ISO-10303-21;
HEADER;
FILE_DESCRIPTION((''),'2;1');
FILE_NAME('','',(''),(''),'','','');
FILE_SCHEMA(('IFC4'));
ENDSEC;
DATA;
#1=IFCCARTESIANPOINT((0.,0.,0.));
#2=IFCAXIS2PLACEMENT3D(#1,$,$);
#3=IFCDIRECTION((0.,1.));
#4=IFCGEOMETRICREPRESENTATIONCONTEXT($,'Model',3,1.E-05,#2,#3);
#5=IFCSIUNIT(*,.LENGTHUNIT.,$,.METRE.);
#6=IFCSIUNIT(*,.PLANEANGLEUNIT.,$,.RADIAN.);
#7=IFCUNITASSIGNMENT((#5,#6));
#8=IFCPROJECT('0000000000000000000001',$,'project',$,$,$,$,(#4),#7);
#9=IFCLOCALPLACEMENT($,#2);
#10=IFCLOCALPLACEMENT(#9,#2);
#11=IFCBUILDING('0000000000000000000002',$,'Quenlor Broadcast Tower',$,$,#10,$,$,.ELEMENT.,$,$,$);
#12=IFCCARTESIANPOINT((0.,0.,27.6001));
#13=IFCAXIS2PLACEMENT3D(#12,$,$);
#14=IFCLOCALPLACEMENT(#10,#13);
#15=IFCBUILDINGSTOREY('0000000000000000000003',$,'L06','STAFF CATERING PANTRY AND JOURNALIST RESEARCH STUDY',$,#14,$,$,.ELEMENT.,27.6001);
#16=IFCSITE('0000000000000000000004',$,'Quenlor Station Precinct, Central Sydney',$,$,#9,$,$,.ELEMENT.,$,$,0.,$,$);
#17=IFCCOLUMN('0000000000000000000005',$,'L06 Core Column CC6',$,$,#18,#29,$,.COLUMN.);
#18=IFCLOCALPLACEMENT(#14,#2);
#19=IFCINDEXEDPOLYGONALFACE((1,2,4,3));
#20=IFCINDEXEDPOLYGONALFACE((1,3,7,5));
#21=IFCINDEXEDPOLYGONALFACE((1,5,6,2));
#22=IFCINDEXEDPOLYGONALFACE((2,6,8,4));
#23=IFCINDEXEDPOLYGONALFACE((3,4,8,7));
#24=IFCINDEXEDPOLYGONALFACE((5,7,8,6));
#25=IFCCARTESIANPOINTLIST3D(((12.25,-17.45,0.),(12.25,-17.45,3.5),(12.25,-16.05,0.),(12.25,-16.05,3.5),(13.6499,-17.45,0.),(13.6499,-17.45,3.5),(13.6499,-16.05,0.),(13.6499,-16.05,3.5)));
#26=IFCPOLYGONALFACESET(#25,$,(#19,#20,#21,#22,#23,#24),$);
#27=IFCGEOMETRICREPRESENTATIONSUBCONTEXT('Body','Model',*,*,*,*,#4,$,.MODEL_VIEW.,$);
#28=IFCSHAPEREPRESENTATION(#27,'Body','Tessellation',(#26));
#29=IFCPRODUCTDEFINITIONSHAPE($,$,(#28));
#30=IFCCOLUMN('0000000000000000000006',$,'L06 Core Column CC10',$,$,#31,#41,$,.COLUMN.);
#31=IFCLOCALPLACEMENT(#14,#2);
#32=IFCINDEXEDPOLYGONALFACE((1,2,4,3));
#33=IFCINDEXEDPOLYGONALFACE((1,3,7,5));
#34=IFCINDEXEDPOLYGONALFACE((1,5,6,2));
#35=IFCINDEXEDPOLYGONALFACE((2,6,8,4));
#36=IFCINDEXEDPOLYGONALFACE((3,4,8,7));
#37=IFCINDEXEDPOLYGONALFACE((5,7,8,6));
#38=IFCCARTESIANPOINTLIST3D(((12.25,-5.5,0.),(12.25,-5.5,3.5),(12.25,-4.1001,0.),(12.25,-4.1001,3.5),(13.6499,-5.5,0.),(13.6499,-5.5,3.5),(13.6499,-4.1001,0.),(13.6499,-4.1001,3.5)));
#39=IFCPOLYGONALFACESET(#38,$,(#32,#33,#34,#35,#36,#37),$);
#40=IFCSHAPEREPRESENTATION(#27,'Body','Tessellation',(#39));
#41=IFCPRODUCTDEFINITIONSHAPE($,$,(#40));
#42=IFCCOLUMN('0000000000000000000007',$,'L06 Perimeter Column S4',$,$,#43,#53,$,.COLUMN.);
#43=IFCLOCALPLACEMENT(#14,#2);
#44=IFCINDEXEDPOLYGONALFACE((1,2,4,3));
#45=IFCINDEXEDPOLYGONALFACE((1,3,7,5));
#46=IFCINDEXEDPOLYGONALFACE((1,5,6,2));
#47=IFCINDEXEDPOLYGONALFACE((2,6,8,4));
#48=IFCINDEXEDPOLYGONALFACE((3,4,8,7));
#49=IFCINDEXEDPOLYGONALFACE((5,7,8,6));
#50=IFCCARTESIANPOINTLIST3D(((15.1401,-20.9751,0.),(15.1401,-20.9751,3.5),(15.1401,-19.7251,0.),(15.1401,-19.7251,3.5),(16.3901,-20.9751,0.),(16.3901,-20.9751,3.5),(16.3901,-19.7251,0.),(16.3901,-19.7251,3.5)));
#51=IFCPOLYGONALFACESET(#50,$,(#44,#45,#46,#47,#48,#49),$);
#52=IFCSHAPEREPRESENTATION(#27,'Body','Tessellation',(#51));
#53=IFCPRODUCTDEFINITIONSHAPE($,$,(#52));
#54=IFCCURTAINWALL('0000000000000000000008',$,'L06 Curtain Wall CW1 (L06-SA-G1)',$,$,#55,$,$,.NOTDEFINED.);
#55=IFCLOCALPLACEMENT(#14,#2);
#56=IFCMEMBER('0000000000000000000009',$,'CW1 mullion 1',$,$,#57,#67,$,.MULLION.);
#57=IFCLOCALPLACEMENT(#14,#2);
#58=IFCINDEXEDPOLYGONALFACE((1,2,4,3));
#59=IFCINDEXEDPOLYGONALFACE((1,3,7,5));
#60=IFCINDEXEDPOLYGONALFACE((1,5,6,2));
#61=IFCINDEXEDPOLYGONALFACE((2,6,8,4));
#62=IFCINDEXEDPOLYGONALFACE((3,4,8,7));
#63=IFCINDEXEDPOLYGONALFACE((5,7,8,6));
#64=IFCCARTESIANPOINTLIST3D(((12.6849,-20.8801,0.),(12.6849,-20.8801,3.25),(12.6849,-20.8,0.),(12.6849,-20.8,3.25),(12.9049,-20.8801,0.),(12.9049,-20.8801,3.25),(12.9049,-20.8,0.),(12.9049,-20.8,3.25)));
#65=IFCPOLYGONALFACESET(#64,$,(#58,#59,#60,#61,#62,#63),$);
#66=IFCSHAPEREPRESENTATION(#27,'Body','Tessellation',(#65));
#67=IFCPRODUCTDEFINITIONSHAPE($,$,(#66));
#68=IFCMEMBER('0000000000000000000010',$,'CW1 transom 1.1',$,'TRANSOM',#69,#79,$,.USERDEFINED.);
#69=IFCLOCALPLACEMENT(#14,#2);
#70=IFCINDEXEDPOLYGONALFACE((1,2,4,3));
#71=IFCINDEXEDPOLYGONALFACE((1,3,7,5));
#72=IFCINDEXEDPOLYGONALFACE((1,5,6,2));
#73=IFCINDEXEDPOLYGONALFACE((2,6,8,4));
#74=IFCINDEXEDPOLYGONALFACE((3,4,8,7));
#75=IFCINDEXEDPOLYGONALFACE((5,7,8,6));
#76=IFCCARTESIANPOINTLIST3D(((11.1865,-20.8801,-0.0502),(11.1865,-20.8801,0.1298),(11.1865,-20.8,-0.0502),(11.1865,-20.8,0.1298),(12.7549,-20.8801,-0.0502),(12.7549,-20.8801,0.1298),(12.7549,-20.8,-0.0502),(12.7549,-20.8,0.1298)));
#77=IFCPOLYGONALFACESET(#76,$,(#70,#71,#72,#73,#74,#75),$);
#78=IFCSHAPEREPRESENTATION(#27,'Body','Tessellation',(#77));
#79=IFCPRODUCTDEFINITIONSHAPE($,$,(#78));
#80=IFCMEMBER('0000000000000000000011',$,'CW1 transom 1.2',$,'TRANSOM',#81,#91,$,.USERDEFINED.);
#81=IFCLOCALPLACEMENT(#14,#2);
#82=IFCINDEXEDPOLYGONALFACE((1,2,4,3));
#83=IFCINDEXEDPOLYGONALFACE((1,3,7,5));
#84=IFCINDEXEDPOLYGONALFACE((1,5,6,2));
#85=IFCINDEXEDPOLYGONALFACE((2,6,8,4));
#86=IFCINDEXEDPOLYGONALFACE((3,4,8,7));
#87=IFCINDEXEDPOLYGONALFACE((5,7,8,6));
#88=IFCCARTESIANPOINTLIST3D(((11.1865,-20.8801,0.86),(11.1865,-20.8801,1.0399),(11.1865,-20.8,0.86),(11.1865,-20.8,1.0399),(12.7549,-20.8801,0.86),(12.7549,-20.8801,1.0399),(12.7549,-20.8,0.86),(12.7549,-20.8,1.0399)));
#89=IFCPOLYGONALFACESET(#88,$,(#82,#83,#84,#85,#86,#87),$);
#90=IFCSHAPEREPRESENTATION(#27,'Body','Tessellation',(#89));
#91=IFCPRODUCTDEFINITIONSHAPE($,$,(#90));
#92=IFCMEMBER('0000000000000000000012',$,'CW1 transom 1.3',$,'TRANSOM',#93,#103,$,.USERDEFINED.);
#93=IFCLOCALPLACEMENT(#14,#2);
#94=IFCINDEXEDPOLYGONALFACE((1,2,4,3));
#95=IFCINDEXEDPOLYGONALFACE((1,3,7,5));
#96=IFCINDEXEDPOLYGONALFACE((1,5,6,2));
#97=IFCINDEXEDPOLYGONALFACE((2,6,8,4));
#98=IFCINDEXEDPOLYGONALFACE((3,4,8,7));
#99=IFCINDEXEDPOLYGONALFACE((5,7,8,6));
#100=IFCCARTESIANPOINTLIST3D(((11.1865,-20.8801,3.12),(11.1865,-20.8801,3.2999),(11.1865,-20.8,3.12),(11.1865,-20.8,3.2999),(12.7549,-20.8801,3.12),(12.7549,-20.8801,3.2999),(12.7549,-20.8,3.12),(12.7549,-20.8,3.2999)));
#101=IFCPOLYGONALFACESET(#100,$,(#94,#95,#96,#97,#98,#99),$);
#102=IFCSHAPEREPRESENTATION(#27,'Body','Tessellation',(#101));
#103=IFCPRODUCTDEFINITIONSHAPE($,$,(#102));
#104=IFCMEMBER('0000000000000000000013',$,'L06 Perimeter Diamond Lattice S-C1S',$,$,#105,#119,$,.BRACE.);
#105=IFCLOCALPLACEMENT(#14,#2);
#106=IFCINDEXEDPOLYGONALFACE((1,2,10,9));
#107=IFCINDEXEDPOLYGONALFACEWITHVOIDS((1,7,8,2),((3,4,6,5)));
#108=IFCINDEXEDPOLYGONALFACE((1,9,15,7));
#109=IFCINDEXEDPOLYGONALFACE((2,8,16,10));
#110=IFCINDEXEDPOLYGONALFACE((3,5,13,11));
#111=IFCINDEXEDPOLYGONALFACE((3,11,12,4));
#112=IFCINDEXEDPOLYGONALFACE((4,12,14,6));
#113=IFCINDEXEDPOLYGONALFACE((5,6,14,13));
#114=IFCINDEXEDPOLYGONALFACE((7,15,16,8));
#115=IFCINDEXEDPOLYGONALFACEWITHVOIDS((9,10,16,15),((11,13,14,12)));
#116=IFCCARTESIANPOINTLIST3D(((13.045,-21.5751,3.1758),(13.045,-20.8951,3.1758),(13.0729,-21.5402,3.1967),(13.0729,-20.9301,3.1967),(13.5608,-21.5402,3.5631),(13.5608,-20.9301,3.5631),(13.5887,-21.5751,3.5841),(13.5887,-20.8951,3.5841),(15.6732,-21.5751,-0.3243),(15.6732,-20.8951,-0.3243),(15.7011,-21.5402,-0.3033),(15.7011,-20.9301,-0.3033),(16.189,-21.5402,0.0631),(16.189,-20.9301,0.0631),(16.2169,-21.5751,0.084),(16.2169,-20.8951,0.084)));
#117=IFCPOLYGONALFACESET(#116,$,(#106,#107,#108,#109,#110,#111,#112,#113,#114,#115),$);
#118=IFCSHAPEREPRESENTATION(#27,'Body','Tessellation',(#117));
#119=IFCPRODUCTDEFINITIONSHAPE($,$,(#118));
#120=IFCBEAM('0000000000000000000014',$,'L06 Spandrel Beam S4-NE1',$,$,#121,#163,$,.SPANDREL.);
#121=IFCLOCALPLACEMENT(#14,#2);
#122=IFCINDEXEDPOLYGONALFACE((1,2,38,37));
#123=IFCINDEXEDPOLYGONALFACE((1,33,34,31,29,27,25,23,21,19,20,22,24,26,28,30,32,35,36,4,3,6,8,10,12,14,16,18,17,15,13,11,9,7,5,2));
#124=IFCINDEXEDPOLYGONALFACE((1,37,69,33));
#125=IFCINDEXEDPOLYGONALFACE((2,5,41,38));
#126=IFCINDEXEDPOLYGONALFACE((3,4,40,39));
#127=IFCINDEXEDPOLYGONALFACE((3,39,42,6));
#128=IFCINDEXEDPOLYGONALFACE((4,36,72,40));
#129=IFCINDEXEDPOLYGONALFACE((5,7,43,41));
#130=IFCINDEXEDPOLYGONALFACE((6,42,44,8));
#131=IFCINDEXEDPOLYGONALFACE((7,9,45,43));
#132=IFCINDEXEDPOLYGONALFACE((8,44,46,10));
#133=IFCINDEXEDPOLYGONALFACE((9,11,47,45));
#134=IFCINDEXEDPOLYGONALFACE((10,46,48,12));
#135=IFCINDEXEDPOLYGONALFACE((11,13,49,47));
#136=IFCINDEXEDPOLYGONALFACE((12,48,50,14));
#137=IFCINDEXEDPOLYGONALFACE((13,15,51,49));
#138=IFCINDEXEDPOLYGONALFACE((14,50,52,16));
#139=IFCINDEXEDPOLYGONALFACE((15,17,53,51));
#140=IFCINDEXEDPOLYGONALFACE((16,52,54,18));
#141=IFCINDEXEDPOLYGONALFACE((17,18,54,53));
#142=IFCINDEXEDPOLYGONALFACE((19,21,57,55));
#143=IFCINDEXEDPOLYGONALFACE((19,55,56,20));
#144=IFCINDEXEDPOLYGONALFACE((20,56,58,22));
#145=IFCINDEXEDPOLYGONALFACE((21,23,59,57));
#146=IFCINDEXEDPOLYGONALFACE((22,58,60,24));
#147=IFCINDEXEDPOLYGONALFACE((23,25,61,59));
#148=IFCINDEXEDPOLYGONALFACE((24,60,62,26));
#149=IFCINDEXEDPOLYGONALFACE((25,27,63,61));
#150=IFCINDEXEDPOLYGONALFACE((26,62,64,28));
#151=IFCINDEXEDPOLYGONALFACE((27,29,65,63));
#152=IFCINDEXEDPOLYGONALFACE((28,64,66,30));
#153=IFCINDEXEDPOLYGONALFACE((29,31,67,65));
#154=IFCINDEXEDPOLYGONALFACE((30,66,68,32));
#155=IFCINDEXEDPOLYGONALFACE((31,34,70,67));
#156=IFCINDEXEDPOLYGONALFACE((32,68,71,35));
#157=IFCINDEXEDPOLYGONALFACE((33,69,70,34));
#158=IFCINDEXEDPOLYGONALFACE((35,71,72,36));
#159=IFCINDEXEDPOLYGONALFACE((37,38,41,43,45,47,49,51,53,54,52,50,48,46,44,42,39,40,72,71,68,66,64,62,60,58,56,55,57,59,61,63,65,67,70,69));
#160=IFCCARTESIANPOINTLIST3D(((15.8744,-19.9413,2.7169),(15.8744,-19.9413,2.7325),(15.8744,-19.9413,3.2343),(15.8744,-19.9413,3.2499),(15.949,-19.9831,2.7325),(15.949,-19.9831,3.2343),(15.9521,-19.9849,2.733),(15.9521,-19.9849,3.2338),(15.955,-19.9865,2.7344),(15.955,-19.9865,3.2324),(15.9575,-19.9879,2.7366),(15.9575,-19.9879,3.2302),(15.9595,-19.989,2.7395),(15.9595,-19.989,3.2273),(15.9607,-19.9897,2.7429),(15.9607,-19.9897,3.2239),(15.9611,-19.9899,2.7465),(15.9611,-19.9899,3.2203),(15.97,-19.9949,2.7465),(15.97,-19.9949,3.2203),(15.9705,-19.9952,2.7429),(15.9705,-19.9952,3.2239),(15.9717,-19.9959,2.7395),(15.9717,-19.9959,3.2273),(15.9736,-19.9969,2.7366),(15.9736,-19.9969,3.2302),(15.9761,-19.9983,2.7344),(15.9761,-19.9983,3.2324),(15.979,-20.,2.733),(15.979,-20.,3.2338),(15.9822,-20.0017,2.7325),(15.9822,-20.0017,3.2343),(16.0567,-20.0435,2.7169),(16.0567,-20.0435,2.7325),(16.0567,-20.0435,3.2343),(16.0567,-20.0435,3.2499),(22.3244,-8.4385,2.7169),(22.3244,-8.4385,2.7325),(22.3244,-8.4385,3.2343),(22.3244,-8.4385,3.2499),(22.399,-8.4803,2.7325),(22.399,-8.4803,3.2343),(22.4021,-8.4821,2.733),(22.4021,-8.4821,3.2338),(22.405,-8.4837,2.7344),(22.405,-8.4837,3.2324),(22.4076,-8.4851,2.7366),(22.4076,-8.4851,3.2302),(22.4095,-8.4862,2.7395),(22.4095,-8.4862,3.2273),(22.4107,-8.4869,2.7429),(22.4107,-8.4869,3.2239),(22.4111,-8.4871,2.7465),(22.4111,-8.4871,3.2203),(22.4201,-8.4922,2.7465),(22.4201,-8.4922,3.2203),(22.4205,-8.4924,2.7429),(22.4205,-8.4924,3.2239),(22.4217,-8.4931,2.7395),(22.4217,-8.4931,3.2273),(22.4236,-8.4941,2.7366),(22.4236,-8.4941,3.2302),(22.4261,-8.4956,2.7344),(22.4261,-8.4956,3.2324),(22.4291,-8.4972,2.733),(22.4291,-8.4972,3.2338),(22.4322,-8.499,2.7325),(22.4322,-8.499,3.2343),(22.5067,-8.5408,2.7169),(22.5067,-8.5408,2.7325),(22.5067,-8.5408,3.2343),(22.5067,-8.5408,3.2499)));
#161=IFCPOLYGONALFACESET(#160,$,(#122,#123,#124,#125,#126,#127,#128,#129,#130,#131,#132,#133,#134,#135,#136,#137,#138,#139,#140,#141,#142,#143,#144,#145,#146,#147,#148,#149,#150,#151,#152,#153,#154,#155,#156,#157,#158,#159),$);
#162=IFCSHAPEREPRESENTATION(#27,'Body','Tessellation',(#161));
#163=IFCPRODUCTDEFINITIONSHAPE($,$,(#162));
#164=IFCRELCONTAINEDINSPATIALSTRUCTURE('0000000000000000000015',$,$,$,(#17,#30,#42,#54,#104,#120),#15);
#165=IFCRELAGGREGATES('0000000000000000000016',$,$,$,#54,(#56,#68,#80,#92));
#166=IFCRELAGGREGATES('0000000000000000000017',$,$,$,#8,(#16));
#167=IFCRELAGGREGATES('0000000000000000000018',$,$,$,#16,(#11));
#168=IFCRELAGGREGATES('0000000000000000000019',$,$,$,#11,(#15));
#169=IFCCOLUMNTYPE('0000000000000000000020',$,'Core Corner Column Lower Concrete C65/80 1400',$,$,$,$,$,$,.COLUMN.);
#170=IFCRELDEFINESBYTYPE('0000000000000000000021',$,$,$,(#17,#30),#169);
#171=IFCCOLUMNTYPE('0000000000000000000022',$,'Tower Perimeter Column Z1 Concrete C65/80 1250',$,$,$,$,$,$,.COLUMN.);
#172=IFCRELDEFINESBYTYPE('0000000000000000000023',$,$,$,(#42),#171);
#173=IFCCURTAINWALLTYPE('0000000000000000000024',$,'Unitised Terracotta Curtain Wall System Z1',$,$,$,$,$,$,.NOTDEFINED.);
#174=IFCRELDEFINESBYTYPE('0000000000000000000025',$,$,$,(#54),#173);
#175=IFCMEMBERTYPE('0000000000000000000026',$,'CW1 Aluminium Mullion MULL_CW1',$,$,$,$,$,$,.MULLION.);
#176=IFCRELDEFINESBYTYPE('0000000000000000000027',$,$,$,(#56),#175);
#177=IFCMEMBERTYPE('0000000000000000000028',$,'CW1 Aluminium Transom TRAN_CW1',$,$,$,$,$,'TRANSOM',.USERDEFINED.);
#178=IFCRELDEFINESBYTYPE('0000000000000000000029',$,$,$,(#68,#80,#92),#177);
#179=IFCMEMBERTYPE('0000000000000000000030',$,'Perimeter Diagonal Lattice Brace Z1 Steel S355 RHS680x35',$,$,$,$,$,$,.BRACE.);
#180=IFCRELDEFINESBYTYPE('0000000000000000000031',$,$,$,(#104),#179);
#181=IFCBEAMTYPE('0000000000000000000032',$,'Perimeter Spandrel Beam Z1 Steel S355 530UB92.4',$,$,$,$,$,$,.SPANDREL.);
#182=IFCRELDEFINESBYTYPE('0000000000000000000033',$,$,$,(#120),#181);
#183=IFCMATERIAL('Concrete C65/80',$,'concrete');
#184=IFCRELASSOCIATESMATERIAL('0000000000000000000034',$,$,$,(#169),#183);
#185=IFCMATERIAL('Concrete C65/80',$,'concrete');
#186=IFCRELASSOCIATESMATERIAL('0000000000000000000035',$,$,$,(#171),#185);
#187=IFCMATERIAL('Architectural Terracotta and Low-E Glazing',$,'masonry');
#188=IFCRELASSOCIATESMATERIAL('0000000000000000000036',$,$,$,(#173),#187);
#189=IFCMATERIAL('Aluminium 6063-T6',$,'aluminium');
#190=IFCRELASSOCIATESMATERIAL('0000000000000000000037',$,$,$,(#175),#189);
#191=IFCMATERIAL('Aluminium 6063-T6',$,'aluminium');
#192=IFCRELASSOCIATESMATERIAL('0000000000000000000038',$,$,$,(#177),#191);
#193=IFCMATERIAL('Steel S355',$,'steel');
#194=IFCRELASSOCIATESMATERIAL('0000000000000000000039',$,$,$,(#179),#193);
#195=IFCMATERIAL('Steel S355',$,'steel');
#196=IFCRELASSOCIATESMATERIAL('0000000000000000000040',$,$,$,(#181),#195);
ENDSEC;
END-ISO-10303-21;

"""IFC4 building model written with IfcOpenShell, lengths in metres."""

from ifc_helpers import new_model, si_unit, direction, frame, origin, origin_2d, place, context, subcontext, project, spatial, rectangle, hollow_rectangle, i_section, extrude, material, material_profile, profile_set, type_object, element, aggregate, save


model = new_model("IFC4")

# Units and contexts
model_context = context("Model", 3, precision=1e-05, world=origin(), true_north=direction((0.0, 1.0)))
body_context = subcontext(model_context, "Body", "Model", "MODEL_VIEW")
ifc_project = project(units=[si_unit("LENGTHUNIT", "METRE"), si_unit("PLANEANGLEUNIT", "RADIAN")], contexts=[model_context])

# Site, building, storey
site_placement = place(None, origin())
site = spatial("IfcSite", under=ifc_project, at=site_placement, Name="Quenlor Station Precinct, Central Sydney", CompositionType="ELEMENT", RefElevation=0.0)
building_placement = place(site_placement, origin())
building = spatial("IfcBuilding", under=site, at=building_placement, Name="Quenlor Broadcast Tower", CompositionType="ELEMENT")
storey_placement = place(building_placement, frame((0.0, 0.0, 27.6001)))
storey = spatial("IfcBuildingStorey", under=building, at=storey_placement, Name="L06", Description="STAFF CATERING PANTRY AND JOURNALIST RESEARCH STUDY", CompositionType="ELEMENT", Elevation=27.6001)

# Columns
ifc_material_1 = material(Name="Concrete C65/80", Category="concrete")
ifc_material_profile_1 = material_profile(ifc_material_1, rectangle(XDim=1.3999, YDim=1.3999, at=origin_2d()))
ifc_profile_set_1 = profile_set([ifc_material_profile_1], Name="Concrete C65/80 RC1400x1400")
column_type_1 = type_object("IfcColumnType", Name="Core Corner Column Lower Concrete C65/80 1400", PredefinedType="COLUMN", material=ifc_profile_set_1)
for number, where, z_axis, x_axis, name in (
    (1, (12.95, -16.75, 0.0), (0.0, 0.0, 1.0), (1.0, 0.0, 0.0), "L06 Core Column CC6"),
    (2, (12.95, -4.8, 0.0), (0.0, 0.0, 1.0), (1.0, 0.0, 0.0), "L06 Core Column CC10"),
):
    element("IfcColumn", number, at=place(storey_placement, frame(where, z_axis=z_axis, x_axis=x_axis)), inside=storey, type_object=column_type_1, Name=name, PredefinedType="COLUMN", context=body_context, shape_type="SweptSolid", body=[
        extrude(rectangle(XDim=1.3999, YDim=1.3999, at=origin_2d()), origin(), (0.0, 0.0, 1.0), 3.5),
    ])
ifc_material_2 = material(Name="Concrete C65/80", Category="concrete")
ifc_material_profile_2 = material_profile(ifc_material_2, rectangle(XDim=1.25, YDim=1.25, at=origin_2d()))
ifc_profile_set_2 = profile_set([ifc_material_profile_2], Name="Concrete C65/80 RC1250x1250")
column_type_2 = type_object("IfcColumnType", Name="Tower Perimeter Column Z1 Concrete C65/80 1250", PredefinedType="COLUMN", material=ifc_profile_set_2)
column_placement = place(storey_placement, frame((15.7651, -20.3501, 0.0), z_axis=(0.0, 0.0, 1.0), x_axis=(0.0, 1.0, 0.0)))
element("IfcColumn", 3, at=column_placement, inside=storey, type_object=column_type_2, Name="L06 Perimeter Column S4", PredefinedType="COLUMN", context=body_context, shape_type="SweptSolid", body=[
    extrude(rectangle(XDim=1.25, YDim=1.25, at=origin_2d()), origin(), (0.0, 0.0, 1.0), 3.5),
])

# Curtain wall, members
ifc_material_3 = material(Name="Architectural Terracotta and Low-E Glazing", Category="masonry")
curtain_wall_type = type_object("IfcCurtainWallType", Name="Unitised Terracotta Curtain Wall System Z1", PredefinedType="NOTDEFINED", material=ifc_material_3)
curtain_wall_placement = place(storey_placement, origin())
curtain_wall = element("IfcCurtainWall", 4, at=curtain_wall_placement, inside=storey, type_object=curtain_wall_type, Name="L06 Curtain Wall CW1 (L06-SA-G1)", PredefinedType="NOTDEFINED")
ifc_material_4 = material(Name="Aluminium 6063-T6", Category="aluminium")
ifc_material_profile_3 = material_profile(ifc_material_4, rectangle(XDim=0.0801, YDim=0.22, at=origin_2d()))
ifc_profile_set_3 = profile_set([ifc_material_profile_3], Name="Aluminium 6063-T6 MULL80x220")
member_type_1 = type_object("IfcMemberType", Name="CW1 Aluminium Mullion MULL_CW1", PredefinedType="MULLION", material=ifc_profile_set_3)
member_1_placement = place(storey_placement, frame((12.7949, -20.8401, 0.0), z_axis=(0.0, 0.0, 1.0), x_axis=(0.0, -1.0, 0.0)))
member_1 = element("IfcMember", 5, at=member_1_placement, type_object=member_type_1, Name="CW1 mullion 1", PredefinedType="MULLION", context=body_context, shape_type="SweptSolid", body=[
    extrude(rectangle(XDim=0.0801, YDim=0.22, at=origin_2d()), origin(), (0.0, 0.0, 1.0), 3.25),
])
ifc_material_5 = material(Name="Aluminium 6063-T6", Category="aluminium")
ifc_material_profile_4 = material_profile(ifc_material_5, rectangle(XDim=0.0801, YDim=0.1799, at=origin_2d()))
ifc_profile_set_4 = profile_set([ifc_material_profile_4], Name="Aluminium 6063-T6 TRAN80x180")
member_type_2 = type_object("IfcMemberType", Name="CW1 Aluminium Transom TRAN_CW1", ElementType="TRANSOM", PredefinedType="USERDEFINED", material=ifc_profile_set_4)
member_2_placement = place(storey_placement, frame((12.7549, -20.8401, 0.0398), z_axis=(-1.0, 0.0, 0.0), x_axis=(0.0, -1.0, 0.0)))
member_2 = element("IfcMember", 6, at=member_2_placement, type_object=member_type_2, Name="CW1 transom 1.1", ObjectType="TRANSOM", PredefinedType="USERDEFINED", context=body_context, shape_type="SweptSolid", body=[
    extrude(rectangle(XDim=0.0801, YDim=0.1799, at=origin_2d()), origin(), (0.0, 0.0, 1.0), 1.5684),
])
member_3_placement = place(storey_placement, frame((12.7549, -20.8401, 0.95), z_axis=(-1.0, 0.0, 0.0), x_axis=(0.0, -1.0, 0.0)))
member_3 = element("IfcMember", 7, at=member_3_placement, type_object=member_type_2, Name="CW1 transom 1.2", ObjectType="TRANSOM", PredefinedType="USERDEFINED", context=body_context, shape_type="SweptSolid", body=[
    extrude(rectangle(XDim=0.0801, YDim=0.1799, at=origin_2d()), origin(), (0.0, 0.0, 1.0), 1.5684),
])
member_4_placement = place(storey_placement, frame((12.7549, -20.8401, 3.21), z_axis=(-1.0, 0.0, 0.0), x_axis=(0.0, -1.0, 0.0)))
member_4 = element("IfcMember", 8, at=member_4_placement, type_object=member_type_2, Name="CW1 transom 1.3", ObjectType="TRANSOM", PredefinedType="USERDEFINED", context=body_context, shape_type="SweptSolid", body=[
    extrude(rectangle(XDim=0.0801, YDim=0.1799, at=origin_2d()), origin(), (0.0, 0.0, 1.0), 1.5684),
])

# Member
ifc_material_6 = material(Name="Steel S355", Category="steel")
ifc_material_profile_5 = material_profile(ifc_material_6, hollow_rectangle(XDim=0.6799, YDim=0.6799, WallThickness=0.0349, at=origin_2d()))
ifc_profile_set_5 = profile_set([ifc_material_profile_5], Name="Steel S355 RHS680x680x35")
member_type_3 = type_object("IfcMemberType", Name="Perimeter Diagonal Lattice Brace Z1 Steel S355 RHS680x35", PredefinedType="BRACE", material=ifc_profile_set_5)
member_5_placement = place(storey_placement, frame((15.9451, -21.2351, -0.1201), z_axis=(-0.600464, 0.0, 0.799652), x_axis=(0.0, -1.0, 0.0)))
element("IfcMember", 9, at=member_5_placement, inside=storey, type_object=member_type_3, Name="L06 Perimeter Diamond Lattice S-C1S", PredefinedType="BRACE", context=body_context, shape_type="SweptSolid", body=[
    extrude(hollow_rectangle(XDim=0.6799, YDim=0.6799, WallThickness=0.0349, at=origin_2d()), origin(), (0.0, 0.0, 1.0), 4.377),
])

# Beam
ifc_material_7 = material(Name="Steel S355", Category="steel")
ifc_material_profile_6 = material_profile(ifc_material_7, i_section(OverallWidth=0.209, OverallDepth=0.533, WebThickness=0.0103, FlangeThickness=0.0156, FilletRadius=0.0139, at=origin_2d()))
ifc_profile_set_6 = profile_set([ifc_material_profile_6], Name="Steel S355 530UB92.4")
beam_type_1 = type_object("IfcBeamType", Name="Perimeter Spandrel Beam Z1 Steel S355 530UB92.4", PredefinedType="SPANDREL", material=ifc_profile_set_6)
beam_1_placement = place(storey_placement, frame((15.9656, -19.9924, 2.9834), z_axis=(0.489091, 0.872233, 0.0), x_axis=(-0.872233, 0.489091, 0.0)))
element("IfcBeam", 10, at=beam_1_placement, inside=storey, type_object=beam_type_1, Name="L06 Spandrel Beam S4-NE1", PredefinedType="SPANDREL", context=body_context, shape_type="SweptSolid", body=[
    extrude(i_section(OverallWidth=0.209, OverallDepth=0.533, WebThickness=0.0103, FlangeThickness=0.0156, FilletRadius=0.0139, at=origin_2d()), origin(), (0.0, 0.0, 1.0), 13.1877),
])

aggregate(curtain_wall, [member_1, member_2, member_3, member_4])

save(model, "model.ifc")
